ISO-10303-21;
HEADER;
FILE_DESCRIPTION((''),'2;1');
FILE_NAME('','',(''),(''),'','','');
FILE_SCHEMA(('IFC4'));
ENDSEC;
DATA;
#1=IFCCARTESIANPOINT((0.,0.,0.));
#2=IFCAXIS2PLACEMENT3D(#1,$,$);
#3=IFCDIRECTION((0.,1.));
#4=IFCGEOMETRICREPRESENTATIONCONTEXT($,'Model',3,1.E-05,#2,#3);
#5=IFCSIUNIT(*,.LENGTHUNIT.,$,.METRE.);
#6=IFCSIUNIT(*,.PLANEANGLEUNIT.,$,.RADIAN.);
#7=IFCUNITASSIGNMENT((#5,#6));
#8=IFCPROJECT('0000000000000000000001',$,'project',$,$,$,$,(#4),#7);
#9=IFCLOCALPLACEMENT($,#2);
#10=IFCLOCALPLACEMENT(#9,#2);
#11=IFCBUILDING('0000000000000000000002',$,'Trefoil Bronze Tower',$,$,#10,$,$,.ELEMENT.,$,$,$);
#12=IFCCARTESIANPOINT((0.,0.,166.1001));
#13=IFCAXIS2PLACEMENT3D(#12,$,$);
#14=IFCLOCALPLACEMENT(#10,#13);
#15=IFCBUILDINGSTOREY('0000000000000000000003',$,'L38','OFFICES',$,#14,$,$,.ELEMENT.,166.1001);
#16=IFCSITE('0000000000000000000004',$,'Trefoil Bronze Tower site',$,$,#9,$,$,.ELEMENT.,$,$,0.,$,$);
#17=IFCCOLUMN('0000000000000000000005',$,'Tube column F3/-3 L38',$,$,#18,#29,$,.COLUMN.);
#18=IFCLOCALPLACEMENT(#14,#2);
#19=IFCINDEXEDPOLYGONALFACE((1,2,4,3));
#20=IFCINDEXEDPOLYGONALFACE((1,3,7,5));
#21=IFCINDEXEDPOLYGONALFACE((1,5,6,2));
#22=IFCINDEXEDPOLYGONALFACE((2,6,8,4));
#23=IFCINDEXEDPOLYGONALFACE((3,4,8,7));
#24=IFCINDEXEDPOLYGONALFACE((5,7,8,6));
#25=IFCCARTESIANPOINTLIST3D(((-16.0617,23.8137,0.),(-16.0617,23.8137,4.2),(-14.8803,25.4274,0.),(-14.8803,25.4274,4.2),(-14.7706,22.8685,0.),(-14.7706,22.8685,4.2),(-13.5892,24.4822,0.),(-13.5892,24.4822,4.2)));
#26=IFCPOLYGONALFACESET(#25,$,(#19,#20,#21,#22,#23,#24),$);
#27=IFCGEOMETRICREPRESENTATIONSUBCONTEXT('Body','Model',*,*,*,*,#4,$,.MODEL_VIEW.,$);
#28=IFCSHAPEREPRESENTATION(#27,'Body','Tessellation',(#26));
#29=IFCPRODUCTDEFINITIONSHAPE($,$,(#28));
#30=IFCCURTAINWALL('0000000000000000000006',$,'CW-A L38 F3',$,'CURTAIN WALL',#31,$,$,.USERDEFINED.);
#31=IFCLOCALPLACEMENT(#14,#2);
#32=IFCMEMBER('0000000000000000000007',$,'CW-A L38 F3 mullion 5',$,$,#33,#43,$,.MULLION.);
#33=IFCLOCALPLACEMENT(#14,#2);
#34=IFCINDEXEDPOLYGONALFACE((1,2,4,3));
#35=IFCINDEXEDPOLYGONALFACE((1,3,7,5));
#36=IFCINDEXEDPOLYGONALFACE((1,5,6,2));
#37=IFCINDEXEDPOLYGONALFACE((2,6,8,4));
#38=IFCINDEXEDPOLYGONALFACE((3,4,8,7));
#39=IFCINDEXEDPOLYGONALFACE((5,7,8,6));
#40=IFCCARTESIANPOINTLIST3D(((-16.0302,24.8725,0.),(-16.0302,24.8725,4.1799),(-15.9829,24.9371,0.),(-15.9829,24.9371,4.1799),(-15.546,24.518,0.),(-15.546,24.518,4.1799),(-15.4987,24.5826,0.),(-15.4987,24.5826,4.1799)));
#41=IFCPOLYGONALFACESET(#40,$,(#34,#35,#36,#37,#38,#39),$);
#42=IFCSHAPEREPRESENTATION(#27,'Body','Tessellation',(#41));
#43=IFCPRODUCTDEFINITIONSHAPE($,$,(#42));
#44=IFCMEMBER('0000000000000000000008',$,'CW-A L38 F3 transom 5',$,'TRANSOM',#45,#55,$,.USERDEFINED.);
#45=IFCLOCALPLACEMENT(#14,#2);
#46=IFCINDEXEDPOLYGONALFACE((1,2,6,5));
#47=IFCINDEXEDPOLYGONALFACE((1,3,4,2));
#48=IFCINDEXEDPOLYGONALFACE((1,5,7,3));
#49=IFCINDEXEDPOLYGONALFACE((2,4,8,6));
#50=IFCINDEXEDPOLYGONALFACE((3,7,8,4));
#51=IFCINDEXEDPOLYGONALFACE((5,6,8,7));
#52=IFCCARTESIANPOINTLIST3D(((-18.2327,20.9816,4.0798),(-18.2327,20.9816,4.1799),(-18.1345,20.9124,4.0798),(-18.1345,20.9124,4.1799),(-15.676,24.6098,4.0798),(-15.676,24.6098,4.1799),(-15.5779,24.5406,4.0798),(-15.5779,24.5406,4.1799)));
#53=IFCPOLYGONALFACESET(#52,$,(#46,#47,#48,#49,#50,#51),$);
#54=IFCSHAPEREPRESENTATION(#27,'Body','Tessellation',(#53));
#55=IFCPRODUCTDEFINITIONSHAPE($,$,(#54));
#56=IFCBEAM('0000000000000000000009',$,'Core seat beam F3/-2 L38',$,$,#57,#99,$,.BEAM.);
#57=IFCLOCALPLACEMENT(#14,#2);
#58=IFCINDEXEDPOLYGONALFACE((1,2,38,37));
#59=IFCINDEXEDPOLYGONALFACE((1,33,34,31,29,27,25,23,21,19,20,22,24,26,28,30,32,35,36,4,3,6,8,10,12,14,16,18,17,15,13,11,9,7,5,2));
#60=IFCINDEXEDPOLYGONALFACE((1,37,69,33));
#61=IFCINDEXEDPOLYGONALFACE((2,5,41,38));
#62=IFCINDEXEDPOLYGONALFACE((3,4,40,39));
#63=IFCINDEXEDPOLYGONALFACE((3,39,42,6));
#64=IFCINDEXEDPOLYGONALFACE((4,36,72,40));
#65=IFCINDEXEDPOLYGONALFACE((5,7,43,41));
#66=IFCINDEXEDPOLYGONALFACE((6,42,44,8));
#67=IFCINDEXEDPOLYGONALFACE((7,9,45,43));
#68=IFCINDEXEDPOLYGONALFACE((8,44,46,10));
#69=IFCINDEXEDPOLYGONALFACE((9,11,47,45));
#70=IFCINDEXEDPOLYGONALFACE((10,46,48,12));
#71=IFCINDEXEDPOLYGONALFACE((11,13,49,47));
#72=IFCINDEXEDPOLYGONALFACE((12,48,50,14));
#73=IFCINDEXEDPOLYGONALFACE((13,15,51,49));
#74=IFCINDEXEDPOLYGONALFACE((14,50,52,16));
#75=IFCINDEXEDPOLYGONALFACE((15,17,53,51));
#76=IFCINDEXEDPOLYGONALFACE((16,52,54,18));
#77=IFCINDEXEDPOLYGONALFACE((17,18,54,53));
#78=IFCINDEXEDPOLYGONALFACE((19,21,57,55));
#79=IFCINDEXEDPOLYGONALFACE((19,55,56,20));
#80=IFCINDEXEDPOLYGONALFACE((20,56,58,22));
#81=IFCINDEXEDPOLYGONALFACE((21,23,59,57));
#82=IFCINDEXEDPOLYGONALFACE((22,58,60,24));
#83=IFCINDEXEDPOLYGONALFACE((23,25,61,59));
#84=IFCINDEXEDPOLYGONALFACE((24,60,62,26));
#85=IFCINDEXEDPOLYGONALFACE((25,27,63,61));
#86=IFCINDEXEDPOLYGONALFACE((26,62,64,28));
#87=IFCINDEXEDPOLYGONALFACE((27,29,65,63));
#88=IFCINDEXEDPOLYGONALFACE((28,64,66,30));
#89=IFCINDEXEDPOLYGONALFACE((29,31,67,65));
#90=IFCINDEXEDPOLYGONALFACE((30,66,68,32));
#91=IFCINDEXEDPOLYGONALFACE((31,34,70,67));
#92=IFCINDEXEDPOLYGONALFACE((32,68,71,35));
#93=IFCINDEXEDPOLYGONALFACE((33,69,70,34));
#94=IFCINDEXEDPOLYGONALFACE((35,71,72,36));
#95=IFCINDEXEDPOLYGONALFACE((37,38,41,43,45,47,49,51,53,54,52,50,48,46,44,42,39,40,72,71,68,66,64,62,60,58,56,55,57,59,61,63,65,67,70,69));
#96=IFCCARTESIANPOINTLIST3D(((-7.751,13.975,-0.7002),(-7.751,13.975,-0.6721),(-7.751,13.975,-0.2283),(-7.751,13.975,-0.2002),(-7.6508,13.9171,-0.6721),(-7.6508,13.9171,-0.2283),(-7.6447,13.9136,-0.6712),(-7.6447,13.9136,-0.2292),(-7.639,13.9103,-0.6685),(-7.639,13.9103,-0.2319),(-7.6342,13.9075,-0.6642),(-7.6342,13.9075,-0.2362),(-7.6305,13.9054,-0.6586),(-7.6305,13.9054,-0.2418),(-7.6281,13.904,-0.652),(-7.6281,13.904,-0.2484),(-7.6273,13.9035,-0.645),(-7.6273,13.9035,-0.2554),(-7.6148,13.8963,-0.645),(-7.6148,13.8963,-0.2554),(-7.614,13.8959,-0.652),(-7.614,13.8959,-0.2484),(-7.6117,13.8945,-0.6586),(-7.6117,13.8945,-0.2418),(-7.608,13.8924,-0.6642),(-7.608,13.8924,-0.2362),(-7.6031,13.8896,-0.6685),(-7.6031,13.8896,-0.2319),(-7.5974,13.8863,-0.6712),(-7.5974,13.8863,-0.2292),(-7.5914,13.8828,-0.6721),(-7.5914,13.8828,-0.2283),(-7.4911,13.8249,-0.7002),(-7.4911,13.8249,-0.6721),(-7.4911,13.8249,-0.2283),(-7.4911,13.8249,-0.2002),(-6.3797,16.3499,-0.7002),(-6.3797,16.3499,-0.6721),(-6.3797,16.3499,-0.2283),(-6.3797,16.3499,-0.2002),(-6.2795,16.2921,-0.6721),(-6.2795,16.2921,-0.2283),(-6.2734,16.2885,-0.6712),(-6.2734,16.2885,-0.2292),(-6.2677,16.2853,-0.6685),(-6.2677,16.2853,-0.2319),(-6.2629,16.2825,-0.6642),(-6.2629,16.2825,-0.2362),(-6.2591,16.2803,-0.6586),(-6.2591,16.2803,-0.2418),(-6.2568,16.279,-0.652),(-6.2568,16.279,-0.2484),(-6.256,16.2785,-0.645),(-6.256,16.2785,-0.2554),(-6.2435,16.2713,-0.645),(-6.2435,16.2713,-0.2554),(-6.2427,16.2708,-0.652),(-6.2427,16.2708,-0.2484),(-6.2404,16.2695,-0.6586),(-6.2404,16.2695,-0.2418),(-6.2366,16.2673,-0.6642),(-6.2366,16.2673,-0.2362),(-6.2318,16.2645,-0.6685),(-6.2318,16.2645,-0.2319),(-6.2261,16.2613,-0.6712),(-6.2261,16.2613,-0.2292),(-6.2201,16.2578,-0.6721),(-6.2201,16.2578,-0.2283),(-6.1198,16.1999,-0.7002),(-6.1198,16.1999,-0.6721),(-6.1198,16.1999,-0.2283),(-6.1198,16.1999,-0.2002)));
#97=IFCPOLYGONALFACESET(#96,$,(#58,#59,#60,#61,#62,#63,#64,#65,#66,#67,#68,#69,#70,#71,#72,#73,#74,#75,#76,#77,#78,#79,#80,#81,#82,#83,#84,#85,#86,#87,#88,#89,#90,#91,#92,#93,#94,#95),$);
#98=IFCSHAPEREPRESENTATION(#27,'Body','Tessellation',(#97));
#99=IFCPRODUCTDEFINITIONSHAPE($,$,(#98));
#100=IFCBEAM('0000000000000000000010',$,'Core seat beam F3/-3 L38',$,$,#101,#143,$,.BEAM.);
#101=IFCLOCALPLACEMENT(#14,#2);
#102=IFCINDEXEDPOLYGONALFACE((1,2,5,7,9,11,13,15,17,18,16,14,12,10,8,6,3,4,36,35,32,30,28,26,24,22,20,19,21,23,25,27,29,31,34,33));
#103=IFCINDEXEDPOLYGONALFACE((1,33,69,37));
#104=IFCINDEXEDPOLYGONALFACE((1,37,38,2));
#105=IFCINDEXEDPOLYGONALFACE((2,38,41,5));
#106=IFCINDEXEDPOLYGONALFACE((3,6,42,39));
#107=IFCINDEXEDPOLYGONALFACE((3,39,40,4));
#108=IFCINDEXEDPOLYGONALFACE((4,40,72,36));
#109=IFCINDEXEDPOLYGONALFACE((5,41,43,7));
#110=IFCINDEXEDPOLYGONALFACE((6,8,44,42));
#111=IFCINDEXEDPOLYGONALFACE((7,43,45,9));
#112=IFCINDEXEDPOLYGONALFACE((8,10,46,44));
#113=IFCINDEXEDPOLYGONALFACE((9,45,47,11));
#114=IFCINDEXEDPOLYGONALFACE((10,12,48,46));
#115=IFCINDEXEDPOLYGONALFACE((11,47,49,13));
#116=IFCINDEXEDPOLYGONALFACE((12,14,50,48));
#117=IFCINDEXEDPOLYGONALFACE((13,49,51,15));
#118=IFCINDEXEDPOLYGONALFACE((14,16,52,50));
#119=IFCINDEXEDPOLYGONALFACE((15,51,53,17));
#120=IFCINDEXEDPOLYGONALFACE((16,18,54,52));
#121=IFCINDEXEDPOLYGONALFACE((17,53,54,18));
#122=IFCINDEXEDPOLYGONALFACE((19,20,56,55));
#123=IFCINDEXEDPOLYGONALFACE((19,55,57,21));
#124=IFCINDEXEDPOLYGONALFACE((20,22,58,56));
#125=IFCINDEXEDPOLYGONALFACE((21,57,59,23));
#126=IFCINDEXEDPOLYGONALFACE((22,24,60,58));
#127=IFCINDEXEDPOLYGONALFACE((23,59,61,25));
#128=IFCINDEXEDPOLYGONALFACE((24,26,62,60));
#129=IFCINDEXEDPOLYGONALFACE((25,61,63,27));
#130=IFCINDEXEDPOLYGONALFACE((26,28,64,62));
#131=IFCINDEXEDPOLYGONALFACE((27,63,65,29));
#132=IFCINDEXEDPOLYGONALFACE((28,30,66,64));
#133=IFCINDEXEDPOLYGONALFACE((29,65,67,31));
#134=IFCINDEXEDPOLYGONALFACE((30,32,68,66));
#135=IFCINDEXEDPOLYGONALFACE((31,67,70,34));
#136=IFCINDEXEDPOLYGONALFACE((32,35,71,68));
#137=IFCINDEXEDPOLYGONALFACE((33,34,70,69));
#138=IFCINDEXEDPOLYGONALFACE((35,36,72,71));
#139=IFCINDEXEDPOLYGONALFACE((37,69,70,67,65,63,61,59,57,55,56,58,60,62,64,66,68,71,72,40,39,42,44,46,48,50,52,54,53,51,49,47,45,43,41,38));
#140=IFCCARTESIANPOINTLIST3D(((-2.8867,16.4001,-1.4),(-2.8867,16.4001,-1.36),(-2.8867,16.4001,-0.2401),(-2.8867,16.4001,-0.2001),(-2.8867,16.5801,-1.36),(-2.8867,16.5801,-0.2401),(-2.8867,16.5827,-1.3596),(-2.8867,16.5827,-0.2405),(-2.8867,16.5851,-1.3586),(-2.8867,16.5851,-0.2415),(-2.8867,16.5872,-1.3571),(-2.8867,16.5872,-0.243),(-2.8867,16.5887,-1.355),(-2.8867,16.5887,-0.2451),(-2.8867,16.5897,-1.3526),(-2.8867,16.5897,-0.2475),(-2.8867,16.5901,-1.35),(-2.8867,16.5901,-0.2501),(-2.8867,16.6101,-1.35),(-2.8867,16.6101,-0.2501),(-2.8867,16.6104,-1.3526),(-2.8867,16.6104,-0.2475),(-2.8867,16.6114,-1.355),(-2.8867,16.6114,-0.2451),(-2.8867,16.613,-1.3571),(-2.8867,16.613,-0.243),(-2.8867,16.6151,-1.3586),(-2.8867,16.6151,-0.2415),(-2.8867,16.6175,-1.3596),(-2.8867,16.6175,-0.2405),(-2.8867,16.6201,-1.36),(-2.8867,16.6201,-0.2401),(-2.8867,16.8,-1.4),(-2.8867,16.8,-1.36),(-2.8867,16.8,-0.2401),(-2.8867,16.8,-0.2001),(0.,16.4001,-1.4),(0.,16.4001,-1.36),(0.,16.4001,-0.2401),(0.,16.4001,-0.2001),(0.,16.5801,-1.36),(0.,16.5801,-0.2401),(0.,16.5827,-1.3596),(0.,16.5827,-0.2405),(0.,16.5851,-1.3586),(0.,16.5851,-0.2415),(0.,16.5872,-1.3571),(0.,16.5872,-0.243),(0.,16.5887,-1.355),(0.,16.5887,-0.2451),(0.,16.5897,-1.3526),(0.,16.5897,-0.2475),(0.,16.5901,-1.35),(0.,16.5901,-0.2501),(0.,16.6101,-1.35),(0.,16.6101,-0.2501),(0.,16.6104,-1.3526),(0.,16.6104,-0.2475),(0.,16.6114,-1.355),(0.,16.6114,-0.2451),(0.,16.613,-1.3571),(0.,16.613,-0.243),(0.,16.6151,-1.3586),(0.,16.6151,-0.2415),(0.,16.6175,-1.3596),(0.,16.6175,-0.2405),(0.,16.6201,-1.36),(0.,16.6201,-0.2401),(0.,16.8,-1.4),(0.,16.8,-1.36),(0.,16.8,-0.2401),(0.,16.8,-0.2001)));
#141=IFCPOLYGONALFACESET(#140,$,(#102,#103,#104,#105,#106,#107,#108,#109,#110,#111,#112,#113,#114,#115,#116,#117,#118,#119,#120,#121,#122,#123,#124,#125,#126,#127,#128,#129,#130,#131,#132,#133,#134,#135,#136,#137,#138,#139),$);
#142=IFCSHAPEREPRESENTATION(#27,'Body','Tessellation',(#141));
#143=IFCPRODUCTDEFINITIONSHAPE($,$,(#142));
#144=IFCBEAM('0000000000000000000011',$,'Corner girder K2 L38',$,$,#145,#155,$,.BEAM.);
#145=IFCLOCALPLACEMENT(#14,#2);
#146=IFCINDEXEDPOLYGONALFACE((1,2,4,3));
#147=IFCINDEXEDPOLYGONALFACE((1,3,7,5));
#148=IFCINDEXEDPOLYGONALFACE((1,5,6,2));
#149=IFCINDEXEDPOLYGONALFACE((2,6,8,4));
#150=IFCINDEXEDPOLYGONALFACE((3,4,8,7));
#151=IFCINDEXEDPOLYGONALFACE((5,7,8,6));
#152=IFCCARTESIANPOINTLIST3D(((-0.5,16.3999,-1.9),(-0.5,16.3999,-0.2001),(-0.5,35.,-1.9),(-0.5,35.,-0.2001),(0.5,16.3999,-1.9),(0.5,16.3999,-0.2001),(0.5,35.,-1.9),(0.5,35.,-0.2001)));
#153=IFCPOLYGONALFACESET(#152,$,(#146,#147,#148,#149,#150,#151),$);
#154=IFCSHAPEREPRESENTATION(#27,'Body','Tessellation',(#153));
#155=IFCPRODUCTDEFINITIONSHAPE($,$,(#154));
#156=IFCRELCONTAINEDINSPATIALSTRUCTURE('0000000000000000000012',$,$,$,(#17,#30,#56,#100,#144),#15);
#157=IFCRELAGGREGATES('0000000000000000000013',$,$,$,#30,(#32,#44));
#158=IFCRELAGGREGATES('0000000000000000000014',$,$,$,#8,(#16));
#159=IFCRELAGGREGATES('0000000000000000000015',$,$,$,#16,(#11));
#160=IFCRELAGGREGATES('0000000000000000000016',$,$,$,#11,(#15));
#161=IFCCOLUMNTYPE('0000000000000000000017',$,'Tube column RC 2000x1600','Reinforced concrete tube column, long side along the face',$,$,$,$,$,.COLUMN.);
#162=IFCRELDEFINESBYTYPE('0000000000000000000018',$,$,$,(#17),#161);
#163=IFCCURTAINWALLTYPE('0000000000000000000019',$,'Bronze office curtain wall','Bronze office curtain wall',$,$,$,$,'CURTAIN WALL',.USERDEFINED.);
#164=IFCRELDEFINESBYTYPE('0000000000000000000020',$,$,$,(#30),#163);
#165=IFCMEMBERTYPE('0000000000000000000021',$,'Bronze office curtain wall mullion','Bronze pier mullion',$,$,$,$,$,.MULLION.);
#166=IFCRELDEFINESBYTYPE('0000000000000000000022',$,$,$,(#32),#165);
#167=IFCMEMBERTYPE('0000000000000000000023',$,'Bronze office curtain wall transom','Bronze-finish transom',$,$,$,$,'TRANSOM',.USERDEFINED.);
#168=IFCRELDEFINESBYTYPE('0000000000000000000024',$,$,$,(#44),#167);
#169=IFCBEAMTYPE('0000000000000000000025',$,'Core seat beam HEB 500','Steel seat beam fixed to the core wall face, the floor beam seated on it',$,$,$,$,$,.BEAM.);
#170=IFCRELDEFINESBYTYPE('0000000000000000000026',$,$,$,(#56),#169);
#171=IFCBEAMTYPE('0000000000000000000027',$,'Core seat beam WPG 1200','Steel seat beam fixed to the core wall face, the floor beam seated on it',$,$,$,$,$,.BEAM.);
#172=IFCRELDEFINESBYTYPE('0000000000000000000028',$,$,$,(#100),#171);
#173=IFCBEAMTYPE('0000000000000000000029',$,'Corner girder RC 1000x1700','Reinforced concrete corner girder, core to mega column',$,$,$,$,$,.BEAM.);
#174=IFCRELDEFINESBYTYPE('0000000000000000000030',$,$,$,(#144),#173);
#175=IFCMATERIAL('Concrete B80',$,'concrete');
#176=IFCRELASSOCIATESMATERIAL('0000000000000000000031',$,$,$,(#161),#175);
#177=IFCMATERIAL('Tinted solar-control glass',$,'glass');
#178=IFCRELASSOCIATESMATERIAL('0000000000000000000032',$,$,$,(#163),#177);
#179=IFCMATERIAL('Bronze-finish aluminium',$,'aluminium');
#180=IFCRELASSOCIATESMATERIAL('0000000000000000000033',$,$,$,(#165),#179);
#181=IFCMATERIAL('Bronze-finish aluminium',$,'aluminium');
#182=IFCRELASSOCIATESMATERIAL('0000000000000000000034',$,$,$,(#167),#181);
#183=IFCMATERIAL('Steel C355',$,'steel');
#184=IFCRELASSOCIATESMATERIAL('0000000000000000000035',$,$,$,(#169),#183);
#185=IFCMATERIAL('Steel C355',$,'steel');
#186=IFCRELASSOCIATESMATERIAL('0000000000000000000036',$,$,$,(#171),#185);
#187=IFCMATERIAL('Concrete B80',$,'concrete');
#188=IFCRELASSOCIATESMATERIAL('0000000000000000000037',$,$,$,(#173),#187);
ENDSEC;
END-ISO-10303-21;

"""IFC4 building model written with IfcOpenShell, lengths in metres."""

from ifc_helpers import new_model, si_unit, direction, frame, origin, origin_2d, place, context, subcontext, project, spatial, rectangle, i_section, extrude, material, material_profile, profile_set, type_object, element, aggregate, save


model = new_model("IFC4")

# Units and contexts
model_context = context("Model", 3, precision=1e-05, world=origin(), true_north=direction((0.0, 1.0)))
body_context = subcontext(model_context, "Body", "Model", "MODEL_VIEW")
ifc_project = project(units=[si_unit("LENGTHUNIT", "METRE"), si_unit("PLANEANGLEUNIT", "RADIAN")], contexts=[model_context])

# Site, building, storey
site_placement = place(None, origin())
site = spatial("IfcSite", under=ifc_project, at=site_placement, Name="Trefoil Bronze Tower site", CompositionType="ELEMENT", RefElevation=0.0)
building_placement = place(site_placement, origin())
building = spatial("IfcBuilding", under=site, at=building_placement, Name="Trefoil Bronze Tower", CompositionType="ELEMENT")
storey_placement = place(building_placement, frame((0.0, 0.0, 166.1001)))
storey = spatial("IfcBuildingStorey", under=building, at=storey_placement, Name="L38", Description="OFFICES", CompositionType="ELEMENT", Elevation=166.1001)

# Column
ifc_material_1 = material(Name="Concrete B80", Category="concrete")
ifc_material_profile_1 = material_profile(ifc_material_1, rectangle(XDim=2.0, YDim=1.6001, at=origin_2d()), Name="RC 2000x1600")
ifc_profile_set_1 = profile_set([ifc_material_profile_1], Name="Concrete B80")
column_type = type_object("IfcColumnType", Name="Tube column RC 2000x1600", Description="Reinforced concrete tube column, long side along the face", PredefinedType="COLUMN", material=ifc_profile_set_1)
column_placement = place(storey_placement, frame((-14.8254, 24.1479, 0.0), z_axis=(0.0, 0.0, 1.0), x_axis=(-0.590723, -0.806875, 0.0)))
element("IfcColumn", 1, at=column_placement, inside=storey, type_object=column_type, Name="Tube column F3/-3 L38", PredefinedType="COLUMN", context=body_context, shape_type="SweptSolid", body=[
    extrude(rectangle(XDim=2.0, YDim=1.6001, at=origin_2d()), origin(), (0.0, 0.0, 1.0), 4.2),
])

# Curtain wall, members
ifc_material_2 = material(Name="Tinted solar-control glass", Category="glass")
curtain_wall_type = type_object("IfcCurtainWallType", Name="Bronze office curtain wall", Description="Bronze office curtain wall", ElementType="CURTAIN WALL", PredefinedType="USERDEFINED", material=ifc_material_2)
curtain_wall_placement = place(storey_placement, origin())
curtain_wall = element("IfcCurtainWall", 2, at=curtain_wall_placement, inside=storey, type_object=curtain_wall_type, Name="CW-A L38 F3", ObjectType="CURTAIN WALL", PredefinedType="USERDEFINED")
ifc_material_3 = material(Name="Bronze-finish aluminium", Category="aluminium")
ifc_material_profile_2 = material_profile(ifc_material_3, rectangle(XDim=0.6001, YDim=0.0801, at=origin_2d()), Name="CW-A mullion")
ifc_profile_set_2 = profile_set([ifc_material_profile_2], Name="Bronze-finish aluminium")
member_type_1 = type_object("IfcMemberType", Name="Bronze office curtain wall mullion", Description="Bronze pier mullion", PredefinedType="MULLION", material=ifc_profile_set_2)
member_1_placement = place(storey_placement, frame((-15.7644, 24.7275, 0.0), z_axis=(0.0, 0.0, 1.0), x_axis=(0.806875, -0.590723, 0.0)))
member_1 = element("IfcMember", 3, at=member_1_placement, type_object=member_type_1, Name="CW-A L38 F3 mullion 5", PredefinedType="MULLION", context=body_context, shape_type="SweptSolid", body=[
    extrude(rectangle(XDim=0.6001, YDim=0.0801, at=origin_2d()), origin(), (0.0, 0.0, 1.0), 4.1799),
])
ifc_material_4 = material(Name="Bronze-finish aluminium", Category="aluminium")
ifc_material_profile_3 = material_profile(ifc_material_4, rectangle(XDim=0.1201, YDim=0.1001, at=origin_2d()), Name="CW-A transom")
ifc_profile_set_3 = profile_set([ifc_material_profile_3], Name="Bronze-finish aluminium")
member_type_2 = type_object("IfcMemberType", Name="Bronze office curtain wall transom", Description="Bronze-finish transom", ElementType="TRANSOM", PredefinedType="USERDEFINED", material=ifc_profile_set_3)
member_2_placement = place(storey_placement, frame((-15.627, 24.5752, 4.1299), z_axis=(-0.576018, -0.817437, 0.0), x_axis=(0.817437, -0.576018, 0.0)))
member_2 = element("IfcMember", 4, at=member_2_placement, type_object=member_type_2, Name="CW-A L38 F3 transom 5", ObjectType="TRANSOM", PredefinedType="USERDEFINED", context=body_context, shape_type="SweptSolid", body=[
    extrude(rectangle(XDim=0.1201, YDim=0.1001, at=origin_2d()), origin(), (0.0, 0.0, 1.0), 4.4385),
])

# Beams
ifc_material_5 = material(Name="Steel C355", Category="steel")
ifc_material_profile_4 = material_profile(ifc_material_5, i_section(OverallWidth=0.3, OverallDepth=0.5, WebThickness=0.0144, FlangeThickness=0.0281, FilletRadius=0.0271, at=origin_2d()), Name="HEB 500")
ifc_profile_set_4 = profile_set([ifc_material_profile_4], Name="Steel C355")
beam_type_1 = type_object("IfcBeamType", Name="Core seat beam HEB 500", Description="Steel seat beam fixed to the core wall face, the floor beam seated on it", PredefinedType="BEAM", material=ifc_profile_set_4)
beam_1_placement = place(storey_placement, frame((-6.2498, 16.2749, -0.4502), z_axis=(-0.500036, -0.866005, 0.0), x_axis=(0.866005, -0.500036, 0.0)))
element("IfcBeam", 5, at=beam_1_placement, inside=storey, type_object=beam_type_1, Name="Core seat beam F3/-2 L38", PredefinedType="BEAM", context=body_context, shape_type="SweptSolid", body=[
    extrude(i_section(OverallWidth=0.3, OverallDepth=0.5, WebThickness=0.0144, FlangeThickness=0.0281, FilletRadius=0.0271, at=origin_2d()), origin(), (0.0, 0.0, 1.0), 2.7424),
])
ifc_material_6 = material(Name="Steel C355", Category="steel")
ifc_material_profile_5 = material_profile(ifc_material_6, i_section(OverallWidth=0.3999, OverallDepth=1.2, WebThickness=0.02, FlangeThickness=0.04, FilletRadius=0.01, at=origin_2d()), Name="WPG 1200")
ifc_profile_set_5 = profile_set([ifc_material_profile_5], Name="Steel C355")
beam_type_2 = type_object("IfcBeamType", Name="Core seat beam WPG 1200", Description="Steel seat beam fixed to the core wall face, the floor beam seated on it", PredefinedType="BEAM", material=ifc_profile_set_5)
beam_2_placement = place(storey_placement, frame((0.0, 16.6001, -0.8), z_axis=(-1.0, 0.0, 0.0), x_axis=(0.0, -1.0, 0.0)))
element("IfcBeam", 6, at=beam_2_placement, inside=storey, type_object=beam_type_2, Name="Core seat beam F3/-3 L38", PredefinedType="BEAM", context=body_context, shape_type="SweptSolid", body=[
    extrude(i_section(OverallWidth=0.3999, OverallDepth=1.2, WebThickness=0.02, FlangeThickness=0.04, FilletRadius=0.01, at=origin_2d()), origin(), (0.0, 0.0, 1.0), 2.8867),
])
ifc_material_7 = material(Name="Concrete B80", Category="concrete")
ifc_material_profile_6 = material_profile(ifc_material_7, rectangle(XDim=1.0, YDim=1.7, at=origin_2d()), Name="RC 1000x1700")
ifc_profile_set_6 = profile_set([ifc_material_profile_6], Name="Concrete B80")
beam_type_3 = type_object("IfcBeamType", Name="Corner girder RC 1000x1700", Description="Reinforced concrete corner girder, core to mega column", PredefinedType="BEAM", material=ifc_profile_set_6)
beam_3_placement = place(storey_placement, frame((0.0, 16.3999, -1.05), z_axis=(0.0, 1.0, 0.0), x_axis=(-1.0, 0.0, 0.0)))
element("IfcBeam", 7, at=beam_3_placement, inside=storey, type_object=beam_type_3, Name="Corner girder K2 L38", PredefinedType="BEAM", context=body_context, shape_type="SweptSolid", body=[
    extrude(rectangle(XDim=1.0, YDim=1.7, at=origin_2d()), origin(), (0.0, 0.0, 1.0), 18.6001),
])

aggregate(curtain_wall, [member_1, member_2])

save(model, "model.ifc")
